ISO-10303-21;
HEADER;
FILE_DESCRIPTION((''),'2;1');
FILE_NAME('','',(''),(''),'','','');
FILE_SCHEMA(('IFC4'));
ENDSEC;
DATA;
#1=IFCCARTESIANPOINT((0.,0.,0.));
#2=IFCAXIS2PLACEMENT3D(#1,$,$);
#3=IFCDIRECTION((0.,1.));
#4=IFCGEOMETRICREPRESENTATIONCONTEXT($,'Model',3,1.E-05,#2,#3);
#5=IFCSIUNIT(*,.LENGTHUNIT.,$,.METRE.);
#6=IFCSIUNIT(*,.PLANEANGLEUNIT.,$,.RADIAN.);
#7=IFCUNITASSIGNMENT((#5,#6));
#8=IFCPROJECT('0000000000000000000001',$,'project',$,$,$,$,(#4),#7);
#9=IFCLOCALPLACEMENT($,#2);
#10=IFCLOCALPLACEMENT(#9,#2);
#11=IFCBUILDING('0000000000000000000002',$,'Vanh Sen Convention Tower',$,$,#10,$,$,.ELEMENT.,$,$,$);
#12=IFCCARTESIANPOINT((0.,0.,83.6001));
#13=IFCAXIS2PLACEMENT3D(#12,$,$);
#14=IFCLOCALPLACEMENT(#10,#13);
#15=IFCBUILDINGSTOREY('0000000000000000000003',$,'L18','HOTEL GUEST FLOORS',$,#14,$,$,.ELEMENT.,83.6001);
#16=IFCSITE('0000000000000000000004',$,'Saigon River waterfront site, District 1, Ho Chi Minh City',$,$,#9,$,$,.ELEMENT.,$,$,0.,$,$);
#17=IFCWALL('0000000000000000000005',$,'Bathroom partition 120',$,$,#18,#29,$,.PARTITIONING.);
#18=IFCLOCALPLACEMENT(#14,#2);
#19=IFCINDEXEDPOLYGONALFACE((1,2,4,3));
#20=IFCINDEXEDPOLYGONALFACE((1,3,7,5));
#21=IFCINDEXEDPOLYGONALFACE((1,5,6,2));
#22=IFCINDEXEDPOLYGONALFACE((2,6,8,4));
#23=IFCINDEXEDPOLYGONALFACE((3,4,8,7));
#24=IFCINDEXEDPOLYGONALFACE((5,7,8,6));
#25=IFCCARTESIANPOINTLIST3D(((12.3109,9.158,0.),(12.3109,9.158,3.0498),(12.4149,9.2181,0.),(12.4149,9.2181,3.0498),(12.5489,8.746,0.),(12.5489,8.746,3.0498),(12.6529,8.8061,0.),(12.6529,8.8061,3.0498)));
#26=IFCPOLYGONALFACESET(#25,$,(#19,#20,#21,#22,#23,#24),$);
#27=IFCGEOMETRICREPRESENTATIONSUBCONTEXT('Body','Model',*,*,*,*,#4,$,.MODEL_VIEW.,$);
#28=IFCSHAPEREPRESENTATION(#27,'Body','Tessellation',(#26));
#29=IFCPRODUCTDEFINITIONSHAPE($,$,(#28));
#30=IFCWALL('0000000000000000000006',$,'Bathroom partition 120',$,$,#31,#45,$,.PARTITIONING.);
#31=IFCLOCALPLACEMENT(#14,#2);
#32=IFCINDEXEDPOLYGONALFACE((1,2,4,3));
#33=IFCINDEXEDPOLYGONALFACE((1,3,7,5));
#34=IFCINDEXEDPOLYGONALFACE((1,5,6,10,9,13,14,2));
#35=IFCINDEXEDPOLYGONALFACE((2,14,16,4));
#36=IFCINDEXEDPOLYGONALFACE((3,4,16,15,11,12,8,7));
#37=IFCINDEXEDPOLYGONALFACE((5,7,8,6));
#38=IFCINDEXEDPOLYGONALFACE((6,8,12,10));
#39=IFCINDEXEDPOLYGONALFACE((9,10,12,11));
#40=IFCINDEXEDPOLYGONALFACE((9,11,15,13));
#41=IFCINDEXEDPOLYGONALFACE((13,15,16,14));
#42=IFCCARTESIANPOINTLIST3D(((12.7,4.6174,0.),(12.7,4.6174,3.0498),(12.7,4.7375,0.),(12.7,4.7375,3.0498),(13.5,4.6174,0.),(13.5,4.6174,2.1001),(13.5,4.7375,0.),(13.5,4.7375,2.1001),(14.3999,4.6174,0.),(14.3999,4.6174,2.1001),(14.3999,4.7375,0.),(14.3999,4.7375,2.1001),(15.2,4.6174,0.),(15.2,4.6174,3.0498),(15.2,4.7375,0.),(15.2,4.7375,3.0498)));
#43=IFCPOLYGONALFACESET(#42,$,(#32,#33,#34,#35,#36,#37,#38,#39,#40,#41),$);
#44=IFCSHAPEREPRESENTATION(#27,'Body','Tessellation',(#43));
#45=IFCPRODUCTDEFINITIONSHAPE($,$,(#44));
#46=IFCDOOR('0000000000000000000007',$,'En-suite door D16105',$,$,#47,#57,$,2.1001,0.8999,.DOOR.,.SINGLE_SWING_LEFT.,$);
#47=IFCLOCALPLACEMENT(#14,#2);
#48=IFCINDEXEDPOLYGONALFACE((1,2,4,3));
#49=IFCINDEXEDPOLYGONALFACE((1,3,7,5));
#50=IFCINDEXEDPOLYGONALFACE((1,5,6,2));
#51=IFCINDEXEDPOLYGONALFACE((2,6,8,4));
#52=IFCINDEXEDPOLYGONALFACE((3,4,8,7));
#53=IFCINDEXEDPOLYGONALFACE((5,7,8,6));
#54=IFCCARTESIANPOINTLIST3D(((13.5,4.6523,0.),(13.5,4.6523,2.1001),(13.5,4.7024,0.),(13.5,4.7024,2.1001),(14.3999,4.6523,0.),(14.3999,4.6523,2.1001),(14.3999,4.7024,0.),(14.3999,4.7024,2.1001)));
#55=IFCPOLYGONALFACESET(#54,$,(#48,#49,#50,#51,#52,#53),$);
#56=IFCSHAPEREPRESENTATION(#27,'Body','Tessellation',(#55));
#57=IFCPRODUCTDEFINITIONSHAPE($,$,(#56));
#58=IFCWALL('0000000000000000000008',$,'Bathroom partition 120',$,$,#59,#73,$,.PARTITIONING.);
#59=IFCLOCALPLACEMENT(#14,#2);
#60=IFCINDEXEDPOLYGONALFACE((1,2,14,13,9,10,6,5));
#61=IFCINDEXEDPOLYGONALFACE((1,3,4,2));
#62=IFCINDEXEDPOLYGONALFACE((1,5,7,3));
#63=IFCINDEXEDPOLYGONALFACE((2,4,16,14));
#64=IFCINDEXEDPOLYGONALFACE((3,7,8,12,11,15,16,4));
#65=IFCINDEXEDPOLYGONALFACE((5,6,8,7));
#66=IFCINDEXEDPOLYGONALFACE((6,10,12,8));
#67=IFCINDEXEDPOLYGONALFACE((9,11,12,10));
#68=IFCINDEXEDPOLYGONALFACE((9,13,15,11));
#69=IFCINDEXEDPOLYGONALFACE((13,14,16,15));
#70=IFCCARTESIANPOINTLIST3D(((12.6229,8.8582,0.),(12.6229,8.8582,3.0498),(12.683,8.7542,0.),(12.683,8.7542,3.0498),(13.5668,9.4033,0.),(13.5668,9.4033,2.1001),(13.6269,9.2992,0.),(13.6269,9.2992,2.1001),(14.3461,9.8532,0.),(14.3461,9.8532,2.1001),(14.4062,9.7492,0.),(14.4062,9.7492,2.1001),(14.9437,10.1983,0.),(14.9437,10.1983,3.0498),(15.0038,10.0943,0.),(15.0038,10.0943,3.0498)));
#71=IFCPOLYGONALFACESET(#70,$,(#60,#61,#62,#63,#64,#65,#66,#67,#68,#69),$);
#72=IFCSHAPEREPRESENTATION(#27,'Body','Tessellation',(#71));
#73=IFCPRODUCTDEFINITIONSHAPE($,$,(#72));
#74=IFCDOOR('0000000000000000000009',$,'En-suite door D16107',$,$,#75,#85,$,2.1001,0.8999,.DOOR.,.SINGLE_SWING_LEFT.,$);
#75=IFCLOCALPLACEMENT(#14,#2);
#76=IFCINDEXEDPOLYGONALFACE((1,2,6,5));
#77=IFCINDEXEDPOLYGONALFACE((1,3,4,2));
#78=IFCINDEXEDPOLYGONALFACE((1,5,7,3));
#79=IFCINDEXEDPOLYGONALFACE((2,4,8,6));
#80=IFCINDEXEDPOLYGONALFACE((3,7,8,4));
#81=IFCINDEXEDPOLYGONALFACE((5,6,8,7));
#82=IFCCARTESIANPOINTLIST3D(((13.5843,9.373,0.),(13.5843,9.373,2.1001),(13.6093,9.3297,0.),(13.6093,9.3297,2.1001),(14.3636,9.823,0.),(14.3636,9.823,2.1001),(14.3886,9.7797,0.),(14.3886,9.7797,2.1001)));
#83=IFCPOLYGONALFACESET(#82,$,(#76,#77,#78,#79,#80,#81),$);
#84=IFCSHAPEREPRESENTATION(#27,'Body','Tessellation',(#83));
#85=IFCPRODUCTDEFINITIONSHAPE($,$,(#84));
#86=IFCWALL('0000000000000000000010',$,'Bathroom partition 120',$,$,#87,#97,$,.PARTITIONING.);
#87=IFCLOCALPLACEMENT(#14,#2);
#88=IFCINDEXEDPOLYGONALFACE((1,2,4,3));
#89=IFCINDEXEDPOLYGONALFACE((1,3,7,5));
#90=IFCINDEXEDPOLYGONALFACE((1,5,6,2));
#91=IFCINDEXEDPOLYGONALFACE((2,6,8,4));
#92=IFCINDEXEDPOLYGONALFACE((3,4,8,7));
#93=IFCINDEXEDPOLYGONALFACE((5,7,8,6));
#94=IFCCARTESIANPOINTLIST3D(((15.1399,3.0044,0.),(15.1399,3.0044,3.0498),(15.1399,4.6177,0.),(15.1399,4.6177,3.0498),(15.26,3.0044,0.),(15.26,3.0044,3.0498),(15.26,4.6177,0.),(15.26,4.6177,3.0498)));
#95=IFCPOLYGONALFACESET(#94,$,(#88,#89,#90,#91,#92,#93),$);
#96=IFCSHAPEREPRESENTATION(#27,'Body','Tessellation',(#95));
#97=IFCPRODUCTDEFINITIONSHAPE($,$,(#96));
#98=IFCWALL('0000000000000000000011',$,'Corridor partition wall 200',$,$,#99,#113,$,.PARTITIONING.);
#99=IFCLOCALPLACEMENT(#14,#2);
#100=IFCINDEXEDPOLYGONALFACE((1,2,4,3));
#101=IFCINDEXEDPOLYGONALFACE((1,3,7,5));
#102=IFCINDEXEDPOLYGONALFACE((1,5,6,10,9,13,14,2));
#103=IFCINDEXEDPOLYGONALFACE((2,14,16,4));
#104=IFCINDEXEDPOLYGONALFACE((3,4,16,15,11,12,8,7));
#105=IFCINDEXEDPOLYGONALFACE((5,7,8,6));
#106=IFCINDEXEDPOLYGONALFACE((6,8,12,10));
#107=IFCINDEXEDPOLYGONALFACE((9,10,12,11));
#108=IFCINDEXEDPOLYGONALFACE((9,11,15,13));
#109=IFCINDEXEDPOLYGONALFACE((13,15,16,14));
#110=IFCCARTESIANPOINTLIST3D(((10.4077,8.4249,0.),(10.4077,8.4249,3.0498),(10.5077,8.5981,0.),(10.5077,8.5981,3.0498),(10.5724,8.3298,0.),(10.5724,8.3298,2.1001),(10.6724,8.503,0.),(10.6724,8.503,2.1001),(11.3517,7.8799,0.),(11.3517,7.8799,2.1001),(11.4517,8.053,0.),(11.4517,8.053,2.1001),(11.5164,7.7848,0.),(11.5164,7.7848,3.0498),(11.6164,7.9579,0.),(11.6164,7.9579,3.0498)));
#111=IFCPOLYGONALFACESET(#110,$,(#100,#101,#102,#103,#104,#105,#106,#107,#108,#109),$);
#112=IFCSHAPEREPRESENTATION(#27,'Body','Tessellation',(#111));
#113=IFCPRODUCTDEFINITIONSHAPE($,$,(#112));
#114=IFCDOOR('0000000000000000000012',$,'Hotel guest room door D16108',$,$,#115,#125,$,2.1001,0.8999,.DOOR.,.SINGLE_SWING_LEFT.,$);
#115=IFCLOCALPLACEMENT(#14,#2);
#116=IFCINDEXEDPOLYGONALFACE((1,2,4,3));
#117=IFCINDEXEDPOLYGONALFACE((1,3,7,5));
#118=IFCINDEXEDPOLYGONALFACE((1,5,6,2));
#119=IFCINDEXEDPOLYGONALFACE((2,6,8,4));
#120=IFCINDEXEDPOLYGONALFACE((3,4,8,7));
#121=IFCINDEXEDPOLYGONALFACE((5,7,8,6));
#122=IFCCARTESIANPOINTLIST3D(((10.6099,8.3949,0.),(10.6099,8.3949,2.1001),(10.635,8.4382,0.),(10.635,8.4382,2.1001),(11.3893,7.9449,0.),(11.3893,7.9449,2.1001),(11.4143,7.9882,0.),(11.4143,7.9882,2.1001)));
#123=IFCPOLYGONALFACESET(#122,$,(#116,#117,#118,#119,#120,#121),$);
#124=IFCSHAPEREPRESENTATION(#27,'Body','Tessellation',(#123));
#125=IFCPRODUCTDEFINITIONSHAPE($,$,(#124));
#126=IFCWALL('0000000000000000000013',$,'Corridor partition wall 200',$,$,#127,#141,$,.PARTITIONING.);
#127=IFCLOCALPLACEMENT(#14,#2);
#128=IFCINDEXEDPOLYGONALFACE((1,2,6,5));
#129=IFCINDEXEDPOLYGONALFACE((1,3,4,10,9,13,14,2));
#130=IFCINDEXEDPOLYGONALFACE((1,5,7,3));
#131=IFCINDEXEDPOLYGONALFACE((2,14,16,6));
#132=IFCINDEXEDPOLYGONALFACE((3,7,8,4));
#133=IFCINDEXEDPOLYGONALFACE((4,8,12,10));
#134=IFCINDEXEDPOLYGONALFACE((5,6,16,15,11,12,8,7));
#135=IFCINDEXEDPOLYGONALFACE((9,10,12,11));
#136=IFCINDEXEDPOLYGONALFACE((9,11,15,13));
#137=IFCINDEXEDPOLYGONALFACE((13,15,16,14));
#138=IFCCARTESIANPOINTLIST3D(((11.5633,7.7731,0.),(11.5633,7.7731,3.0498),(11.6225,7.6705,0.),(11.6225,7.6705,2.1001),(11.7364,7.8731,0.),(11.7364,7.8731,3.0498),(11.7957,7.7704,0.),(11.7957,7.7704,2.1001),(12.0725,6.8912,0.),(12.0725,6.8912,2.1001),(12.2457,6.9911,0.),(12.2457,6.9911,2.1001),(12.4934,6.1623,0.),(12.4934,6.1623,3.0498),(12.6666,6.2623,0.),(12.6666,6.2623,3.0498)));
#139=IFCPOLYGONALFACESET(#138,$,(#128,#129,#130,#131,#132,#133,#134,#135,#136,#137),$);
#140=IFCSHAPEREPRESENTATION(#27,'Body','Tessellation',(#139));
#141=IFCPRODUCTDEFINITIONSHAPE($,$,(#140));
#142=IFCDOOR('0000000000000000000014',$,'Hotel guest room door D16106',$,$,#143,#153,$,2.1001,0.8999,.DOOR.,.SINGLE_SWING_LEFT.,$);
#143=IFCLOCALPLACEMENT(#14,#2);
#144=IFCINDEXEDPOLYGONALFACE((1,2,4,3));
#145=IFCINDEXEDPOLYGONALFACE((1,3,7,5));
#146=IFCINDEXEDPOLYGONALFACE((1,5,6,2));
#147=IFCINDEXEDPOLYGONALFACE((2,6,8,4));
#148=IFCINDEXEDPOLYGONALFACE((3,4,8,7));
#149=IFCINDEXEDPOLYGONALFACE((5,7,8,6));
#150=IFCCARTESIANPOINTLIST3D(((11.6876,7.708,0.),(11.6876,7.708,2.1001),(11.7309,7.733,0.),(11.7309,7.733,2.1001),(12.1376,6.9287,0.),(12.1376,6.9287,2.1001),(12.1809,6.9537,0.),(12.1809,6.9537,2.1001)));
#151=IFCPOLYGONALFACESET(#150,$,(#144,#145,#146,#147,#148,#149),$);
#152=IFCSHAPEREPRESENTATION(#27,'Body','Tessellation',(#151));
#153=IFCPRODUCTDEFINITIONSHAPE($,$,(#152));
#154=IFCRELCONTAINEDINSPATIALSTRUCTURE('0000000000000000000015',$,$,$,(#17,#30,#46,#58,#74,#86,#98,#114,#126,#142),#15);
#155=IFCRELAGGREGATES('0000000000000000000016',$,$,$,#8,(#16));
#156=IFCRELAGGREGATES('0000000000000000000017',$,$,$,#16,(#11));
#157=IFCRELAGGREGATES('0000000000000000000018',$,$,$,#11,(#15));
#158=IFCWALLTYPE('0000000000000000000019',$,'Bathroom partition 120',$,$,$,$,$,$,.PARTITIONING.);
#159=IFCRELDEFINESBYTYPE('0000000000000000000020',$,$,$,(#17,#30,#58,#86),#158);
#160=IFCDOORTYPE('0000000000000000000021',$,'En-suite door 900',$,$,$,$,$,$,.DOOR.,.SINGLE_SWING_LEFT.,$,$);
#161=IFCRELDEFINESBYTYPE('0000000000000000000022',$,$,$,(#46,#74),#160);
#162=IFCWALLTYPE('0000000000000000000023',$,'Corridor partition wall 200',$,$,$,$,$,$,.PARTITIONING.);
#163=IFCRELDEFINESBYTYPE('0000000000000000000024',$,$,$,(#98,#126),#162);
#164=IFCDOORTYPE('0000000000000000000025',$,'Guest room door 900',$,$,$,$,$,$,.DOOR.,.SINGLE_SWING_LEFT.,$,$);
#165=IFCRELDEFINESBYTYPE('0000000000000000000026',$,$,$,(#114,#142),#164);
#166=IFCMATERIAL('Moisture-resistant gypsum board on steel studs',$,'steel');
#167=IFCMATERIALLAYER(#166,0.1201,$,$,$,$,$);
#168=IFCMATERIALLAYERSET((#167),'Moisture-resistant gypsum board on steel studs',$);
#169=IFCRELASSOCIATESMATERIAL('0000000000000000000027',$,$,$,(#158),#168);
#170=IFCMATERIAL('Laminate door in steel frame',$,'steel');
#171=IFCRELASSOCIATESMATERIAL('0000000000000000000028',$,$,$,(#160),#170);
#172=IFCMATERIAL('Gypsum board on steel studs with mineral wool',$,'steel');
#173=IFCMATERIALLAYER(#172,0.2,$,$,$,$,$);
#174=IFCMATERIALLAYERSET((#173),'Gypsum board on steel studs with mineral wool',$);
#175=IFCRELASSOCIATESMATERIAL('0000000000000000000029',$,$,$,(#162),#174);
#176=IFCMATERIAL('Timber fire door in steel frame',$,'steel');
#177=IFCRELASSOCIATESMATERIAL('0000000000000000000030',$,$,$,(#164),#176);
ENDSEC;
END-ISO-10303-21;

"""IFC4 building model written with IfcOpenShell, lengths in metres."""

from ifc_helpers import new_model, si_unit, direction, frame, frame_2d, origin, place, context, subcontext, project, spatial, rectangle, extrude, material, layer, layer_set, type_object, element, fill, save


model = new_model("IFC4")

# Units and contexts
model_context = context("Model", 3, precision=1e-05, world=origin(), true_north=direction((0.0, 1.0)))
body_context = subcontext(model_context, "Body", "Model", "MODEL_VIEW")
ifc_project = project(units=[si_unit("LENGTHUNIT", "METRE"), si_unit("PLANEANGLEUNIT", "RADIAN")], contexts=[model_context])

# Site, building, storey
site_placement = place(None, origin())
site = spatial("IfcSite", under=ifc_project, at=site_placement, Name="Saigon River waterfront site, District 1, Ho Chi Minh City", CompositionType="ELEMENT", RefElevation=0.0)
building_placement = place(site_placement, origin())
building = spatial("IfcBuilding", under=site, at=building_placement, Name="Vanh Sen Convention Tower", CompositionType="ELEMENT")
storey_placement = place(building_placement, frame((0.0, 0.0, 83.6001)))
storey = spatial("IfcBuildingStorey", under=building, at=storey_placement, Name="L18", Description="HOTEL GUEST FLOORS", CompositionType="ELEMENT", Elevation=83.6001)

# Wall
ifc_material_1 = material(Name="Moisture-resistant gypsum board on steel studs", Category="steel")
ifc_layer_1 = layer(ifc_material_1, 0.1201)
ifc_layer_set_1 = layer_set([ifc_layer_1], Name="Moisture-resistant gypsum board on steel studs")
wall_type_1 = type_object("IfcWallType", Name="Bathroom partition 120", PredefinedType="PARTITIONING", material=ifc_layer_set_1)
wall_1_placement = place(storey_placement, frame((12.6008, 8.7761, 0.0), z_axis=(0.0, 0.0, 1.0), x_axis=(-0.500166, 0.865929, 0.0)))
element("IfcWall", 1, at=wall_1_placement, inside=storey, type_object=wall_type_1, Name="Bathroom partition 120", PredefinedType="PARTITIONING", context=body_context, shape_type="SweptSolid", body=[
    extrude(rectangle(XDim=0.4758, YDim=0.1201, at=frame_2d((0.2378, 0.0))), origin(), (0.0, 0.0, 1.0), 3.0498),
])

# Walls, openings, doors
wall_2_placement = place(storey_placement, frame((12.7, 4.6775, 0.0), z_axis=(0.0, 0.0, 1.0), x_axis=(1.0, 0.0, 0.0)))
wall_2 = element("IfcWall", 2, at=wall_2_placement, inside=storey, type_object=wall_type_1, Name="Bathroom partition 120", PredefinedType="PARTITIONING", context=body_context, shape_type="SweptSolid", body=[
    extrude(rectangle(XDim=2.5, YDim=0.1201, at=frame_2d((1.25, 0.0))), origin(), (0.0, 0.0, 1.0), 3.0498),
])
opening_1_placement = place(wall_2_placement, frame((0.8, 0.0, 0.0)))
opening_1 = element("IfcOpeningElement", 3, at=opening_1_placement, cuts=wall_2, PredefinedType="OPENING", context=body_context, shape_type="SweptSolid", body=[
    extrude(rectangle(XDim=0.8999, YDim=2.1001, at=frame_2d((0.45, 1.05))), frame((0.0, 0.0701, 0.0), z_axis=(0.0, -1.0, 0.0), x_axis=(1.0, 0.0, 0.0)), (0.0, 0.0, 1.0), 0.1401),
])
ifc_material_2 = material(Name="Laminate door in steel frame", Category="steel")
door_type_1 = type_object("IfcDoorType", Name="En-suite door 900", OperationType="SINGLE_SWING_LEFT", PredefinedType="DOOR", material=ifc_material_2)
door_1_placement = place(opening_1_placement, origin())
door_1 = element("IfcDoor", 4, at=door_1_placement, inside=storey, type_object=door_type_1, Name="En-suite door D16105", OperationType="SINGLE_SWING_LEFT", OverallHeight=2.1001, OverallWidth=0.8999, PredefinedType="DOOR", context=body_context, shape_type="SweptSolid", body=[
    extrude(rectangle(XDim=0.8999, YDim=2.1001, at=frame_2d((0.45, 1.05))), frame((0.0, 0.0249, 0.0), z_axis=(0.0, -1.0, 0.0), x_axis=(1.0, 0.0, 0.0)), (0.0, 0.0, 1.0), 0.05),
])
fill(opening_1, door_1)
wall_3_placement = place(storey_placement, frame((14.9736, 10.1462, 0.0), z_axis=(0.0, 0.0, 1.0), x_axis=(-0.865997, -0.500048, 0.0)))
wall_3 = element("IfcWall", 5, at=wall_3_placement, inside=storey, type_object=wall_type_1, Name="Bathroom partition 120", PredefinedType="PARTITIONING", context=body_context, shape_type="SweptSolid", body=[
    extrude(rectangle(XDim=2.6799, YDim=0.1201, at=frame_2d((1.3398, 0.0))), origin(), (0.0, 0.0, 1.0), 3.0498),
])
opening_2_placement = place(wall_3_placement, frame((0.6899, 0.0, 0.0)))
opening_2 = element("IfcOpeningElement", 6, at=opening_2_placement, cuts=wall_3, PredefinedType="OPENING", context=body_context, shape_type="SweptSolid", body=[
    extrude(rectangle(XDim=0.8999, YDim=2.1001, at=frame_2d((0.45, 1.05))), frame((0.0, 0.0701, 0.0), z_axis=(0.0, -1.0, 0.0), x_axis=(1.0, 0.0, 0.0)), (0.0, 0.0, 1.0), 0.1401),
])
door_2_placement = place(opening_2_placement, origin())
door_2 = element("IfcDoor", 7, at=door_2_placement, inside=storey, type_object=door_type_1, Name="En-suite door D16107", OperationType="SINGLE_SWING_LEFT", OverallHeight=2.1001, OverallWidth=0.8999, PredefinedType="DOOR", context=body_context, shape_type="SweptSolid", body=[
    extrude(rectangle(XDim=0.8999, YDim=2.1001, at=frame_2d((0.45, 1.05))), frame((0.0, 0.0249, 0.0), z_axis=(0.0, -1.0, 0.0), x_axis=(1.0, 0.0, 0.0)), (0.0, 0.0, 1.0), 0.05),
])
fill(opening_2, door_2)

# Wall
wall_4_placement = place(storey_placement, frame((15.2, 4.6177, 0.0), z_axis=(0.0, 0.0, 1.0), x_axis=(0.0, -1.0, 0.0)))
element("IfcWall", 8, at=wall_4_placement, inside=storey, type_object=wall_type_1, Name="Bathroom partition 120", PredefinedType="PARTITIONING", context=body_context, shape_type="SweptSolid", body=[
    extrude(rectangle(XDim=1.6133, YDim=0.1201, at=frame_2d((0.8066, 0.0))), origin(), (0.0, 0.0, 1.0), 3.0498),
])

# Walls, openings, doors
ifc_material_3 = material(Name="Gypsum board on steel studs with mineral wool", Category="steel")
ifc_layer_2 = layer(ifc_material_3, 0.2)
ifc_layer_set_2 = layer_set([ifc_layer_2], Name="Gypsum board on steel studs with mineral wool")
wall_type_2 = type_object("IfcWallType", Name="Corridor partition wall 200", PredefinedType="PARTITIONING", material=ifc_layer_set_2)
wall_5_placement = place(storey_placement, frame((11.5664, 7.8713, 0.0), z_axis=(0.0, 0.0, 1.0), x_axis=(-0.866005, 0.500036, 0.0)))
wall_5 = element("IfcWall", 9, at=wall_5_placement, inside=storey, type_object=wall_type_2, Name="Corridor partition wall 200", PredefinedType="PARTITIONING", context=body_context, shape_type="SweptSolid", body=[
    extrude(rectangle(XDim=1.2803, YDim=0.2, at=frame_2d((0.6401, 0.0))), origin(), (0.0, 0.0, 1.0), 3.0498),
])
opening_3_placement = place(wall_5_placement, frame((0.1902, 0.0, 0.0)))
opening_3 = element("IfcOpeningElement", 10, at=opening_3_placement, cuts=wall_5, PredefinedType="OPENING", context=body_context, shape_type="SweptSolid", body=[
    extrude(rectangle(XDim=0.8999, YDim=2.1001, at=frame_2d((0.45, 1.05))), frame((0.0, 0.1099, 0.0), z_axis=(0.0, -1.0, 0.0), x_axis=(1.0, 0.0, 0.0)), (0.0, 0.0, 1.0), 0.22),
])
ifc_material_4 = material(Name="Timber fire door in steel frame", Category="steel")
door_type_2 = type_object("IfcDoorType", Name="Guest room door 900", OperationType="SINGLE_SWING_LEFT", PredefinedType="DOOR", material=ifc_material_4)
door_3_placement = place(opening_3_placement, origin())
door_3 = element("IfcDoor", 11, at=door_3_placement, inside=storey, type_object=door_type_2, Name="Hotel guest room door D16108", OperationType="SINGLE_SWING_LEFT", OverallHeight=2.1001, OverallWidth=0.8999, PredefinedType="DOOR", context=body_context, shape_type="SweptSolid", body=[
    extrude(rectangle(XDim=0.8999, YDim=2.1001, at=frame_2d((0.45, 1.05))), frame((0.0, 0.0249, 0.0), z_axis=(0.0, -1.0, 0.0), x_axis=(1.0, 0.0, 0.0)), (0.0, 0.0, 1.0), 0.05),
])
fill(opening_3, door_3)
wall_6_placement = place(storey_placement, frame((12.5801, 6.2122, 0.0), z_axis=(0.0, 0.0, 1.0), x_axis=(-0.500063, 0.865989, 0.0)))
wall_6 = element("IfcWall", 12, at=wall_6_placement, inside=storey, type_object=wall_type_2, Name="Corridor partition wall 200", PredefinedType="PARTITIONING", context=body_context, shape_type="SweptSolid", body=[
    extrude(rectangle(XDim=1.8601, YDim=0.2, at=frame_2d((0.9302, 0.0))), origin(), (0.0, 0.0, 1.0), 3.0498),
])
opening_4_placement = place(wall_6_placement, frame((0.8418, 0.0, 0.0)))
opening_4 = element("IfcOpeningElement", 13, at=opening_4_placement, cuts=wall_6, PredefinedType="OPENING", context=body_context, shape_type="SweptSolid", body=[
    extrude(rectangle(XDim=0.8999, YDim=2.1001, at=frame_2d((0.45, 1.05))), frame((0.0, 0.1099, 0.0), z_axis=(0.0, -1.0, 0.0), x_axis=(1.0, 0.0, 0.0)), (0.0, 0.0, 1.0), 0.22),
])
door_4_placement = place(opening_4_placement, origin())
door_4 = element("IfcDoor", 14, at=door_4_placement, inside=storey, type_object=door_type_2, Name="Hotel guest room door D16106", OperationType="SINGLE_SWING_LEFT", OverallHeight=2.1001, OverallWidth=0.8999, PredefinedType="DOOR", context=body_context, shape_type="SweptSolid", body=[
    extrude(rectangle(XDim=0.8999, YDim=2.1001, at=frame_2d((0.45, 1.05))), frame((0.0, 0.0249, 0.0), z_axis=(0.0, -1.0, 0.0), x_axis=(1.0, 0.0, 0.0)), (0.0, 0.0, 1.0), 0.05),
])
fill(opening_4, door_4)

save(model, "model.ifc")
